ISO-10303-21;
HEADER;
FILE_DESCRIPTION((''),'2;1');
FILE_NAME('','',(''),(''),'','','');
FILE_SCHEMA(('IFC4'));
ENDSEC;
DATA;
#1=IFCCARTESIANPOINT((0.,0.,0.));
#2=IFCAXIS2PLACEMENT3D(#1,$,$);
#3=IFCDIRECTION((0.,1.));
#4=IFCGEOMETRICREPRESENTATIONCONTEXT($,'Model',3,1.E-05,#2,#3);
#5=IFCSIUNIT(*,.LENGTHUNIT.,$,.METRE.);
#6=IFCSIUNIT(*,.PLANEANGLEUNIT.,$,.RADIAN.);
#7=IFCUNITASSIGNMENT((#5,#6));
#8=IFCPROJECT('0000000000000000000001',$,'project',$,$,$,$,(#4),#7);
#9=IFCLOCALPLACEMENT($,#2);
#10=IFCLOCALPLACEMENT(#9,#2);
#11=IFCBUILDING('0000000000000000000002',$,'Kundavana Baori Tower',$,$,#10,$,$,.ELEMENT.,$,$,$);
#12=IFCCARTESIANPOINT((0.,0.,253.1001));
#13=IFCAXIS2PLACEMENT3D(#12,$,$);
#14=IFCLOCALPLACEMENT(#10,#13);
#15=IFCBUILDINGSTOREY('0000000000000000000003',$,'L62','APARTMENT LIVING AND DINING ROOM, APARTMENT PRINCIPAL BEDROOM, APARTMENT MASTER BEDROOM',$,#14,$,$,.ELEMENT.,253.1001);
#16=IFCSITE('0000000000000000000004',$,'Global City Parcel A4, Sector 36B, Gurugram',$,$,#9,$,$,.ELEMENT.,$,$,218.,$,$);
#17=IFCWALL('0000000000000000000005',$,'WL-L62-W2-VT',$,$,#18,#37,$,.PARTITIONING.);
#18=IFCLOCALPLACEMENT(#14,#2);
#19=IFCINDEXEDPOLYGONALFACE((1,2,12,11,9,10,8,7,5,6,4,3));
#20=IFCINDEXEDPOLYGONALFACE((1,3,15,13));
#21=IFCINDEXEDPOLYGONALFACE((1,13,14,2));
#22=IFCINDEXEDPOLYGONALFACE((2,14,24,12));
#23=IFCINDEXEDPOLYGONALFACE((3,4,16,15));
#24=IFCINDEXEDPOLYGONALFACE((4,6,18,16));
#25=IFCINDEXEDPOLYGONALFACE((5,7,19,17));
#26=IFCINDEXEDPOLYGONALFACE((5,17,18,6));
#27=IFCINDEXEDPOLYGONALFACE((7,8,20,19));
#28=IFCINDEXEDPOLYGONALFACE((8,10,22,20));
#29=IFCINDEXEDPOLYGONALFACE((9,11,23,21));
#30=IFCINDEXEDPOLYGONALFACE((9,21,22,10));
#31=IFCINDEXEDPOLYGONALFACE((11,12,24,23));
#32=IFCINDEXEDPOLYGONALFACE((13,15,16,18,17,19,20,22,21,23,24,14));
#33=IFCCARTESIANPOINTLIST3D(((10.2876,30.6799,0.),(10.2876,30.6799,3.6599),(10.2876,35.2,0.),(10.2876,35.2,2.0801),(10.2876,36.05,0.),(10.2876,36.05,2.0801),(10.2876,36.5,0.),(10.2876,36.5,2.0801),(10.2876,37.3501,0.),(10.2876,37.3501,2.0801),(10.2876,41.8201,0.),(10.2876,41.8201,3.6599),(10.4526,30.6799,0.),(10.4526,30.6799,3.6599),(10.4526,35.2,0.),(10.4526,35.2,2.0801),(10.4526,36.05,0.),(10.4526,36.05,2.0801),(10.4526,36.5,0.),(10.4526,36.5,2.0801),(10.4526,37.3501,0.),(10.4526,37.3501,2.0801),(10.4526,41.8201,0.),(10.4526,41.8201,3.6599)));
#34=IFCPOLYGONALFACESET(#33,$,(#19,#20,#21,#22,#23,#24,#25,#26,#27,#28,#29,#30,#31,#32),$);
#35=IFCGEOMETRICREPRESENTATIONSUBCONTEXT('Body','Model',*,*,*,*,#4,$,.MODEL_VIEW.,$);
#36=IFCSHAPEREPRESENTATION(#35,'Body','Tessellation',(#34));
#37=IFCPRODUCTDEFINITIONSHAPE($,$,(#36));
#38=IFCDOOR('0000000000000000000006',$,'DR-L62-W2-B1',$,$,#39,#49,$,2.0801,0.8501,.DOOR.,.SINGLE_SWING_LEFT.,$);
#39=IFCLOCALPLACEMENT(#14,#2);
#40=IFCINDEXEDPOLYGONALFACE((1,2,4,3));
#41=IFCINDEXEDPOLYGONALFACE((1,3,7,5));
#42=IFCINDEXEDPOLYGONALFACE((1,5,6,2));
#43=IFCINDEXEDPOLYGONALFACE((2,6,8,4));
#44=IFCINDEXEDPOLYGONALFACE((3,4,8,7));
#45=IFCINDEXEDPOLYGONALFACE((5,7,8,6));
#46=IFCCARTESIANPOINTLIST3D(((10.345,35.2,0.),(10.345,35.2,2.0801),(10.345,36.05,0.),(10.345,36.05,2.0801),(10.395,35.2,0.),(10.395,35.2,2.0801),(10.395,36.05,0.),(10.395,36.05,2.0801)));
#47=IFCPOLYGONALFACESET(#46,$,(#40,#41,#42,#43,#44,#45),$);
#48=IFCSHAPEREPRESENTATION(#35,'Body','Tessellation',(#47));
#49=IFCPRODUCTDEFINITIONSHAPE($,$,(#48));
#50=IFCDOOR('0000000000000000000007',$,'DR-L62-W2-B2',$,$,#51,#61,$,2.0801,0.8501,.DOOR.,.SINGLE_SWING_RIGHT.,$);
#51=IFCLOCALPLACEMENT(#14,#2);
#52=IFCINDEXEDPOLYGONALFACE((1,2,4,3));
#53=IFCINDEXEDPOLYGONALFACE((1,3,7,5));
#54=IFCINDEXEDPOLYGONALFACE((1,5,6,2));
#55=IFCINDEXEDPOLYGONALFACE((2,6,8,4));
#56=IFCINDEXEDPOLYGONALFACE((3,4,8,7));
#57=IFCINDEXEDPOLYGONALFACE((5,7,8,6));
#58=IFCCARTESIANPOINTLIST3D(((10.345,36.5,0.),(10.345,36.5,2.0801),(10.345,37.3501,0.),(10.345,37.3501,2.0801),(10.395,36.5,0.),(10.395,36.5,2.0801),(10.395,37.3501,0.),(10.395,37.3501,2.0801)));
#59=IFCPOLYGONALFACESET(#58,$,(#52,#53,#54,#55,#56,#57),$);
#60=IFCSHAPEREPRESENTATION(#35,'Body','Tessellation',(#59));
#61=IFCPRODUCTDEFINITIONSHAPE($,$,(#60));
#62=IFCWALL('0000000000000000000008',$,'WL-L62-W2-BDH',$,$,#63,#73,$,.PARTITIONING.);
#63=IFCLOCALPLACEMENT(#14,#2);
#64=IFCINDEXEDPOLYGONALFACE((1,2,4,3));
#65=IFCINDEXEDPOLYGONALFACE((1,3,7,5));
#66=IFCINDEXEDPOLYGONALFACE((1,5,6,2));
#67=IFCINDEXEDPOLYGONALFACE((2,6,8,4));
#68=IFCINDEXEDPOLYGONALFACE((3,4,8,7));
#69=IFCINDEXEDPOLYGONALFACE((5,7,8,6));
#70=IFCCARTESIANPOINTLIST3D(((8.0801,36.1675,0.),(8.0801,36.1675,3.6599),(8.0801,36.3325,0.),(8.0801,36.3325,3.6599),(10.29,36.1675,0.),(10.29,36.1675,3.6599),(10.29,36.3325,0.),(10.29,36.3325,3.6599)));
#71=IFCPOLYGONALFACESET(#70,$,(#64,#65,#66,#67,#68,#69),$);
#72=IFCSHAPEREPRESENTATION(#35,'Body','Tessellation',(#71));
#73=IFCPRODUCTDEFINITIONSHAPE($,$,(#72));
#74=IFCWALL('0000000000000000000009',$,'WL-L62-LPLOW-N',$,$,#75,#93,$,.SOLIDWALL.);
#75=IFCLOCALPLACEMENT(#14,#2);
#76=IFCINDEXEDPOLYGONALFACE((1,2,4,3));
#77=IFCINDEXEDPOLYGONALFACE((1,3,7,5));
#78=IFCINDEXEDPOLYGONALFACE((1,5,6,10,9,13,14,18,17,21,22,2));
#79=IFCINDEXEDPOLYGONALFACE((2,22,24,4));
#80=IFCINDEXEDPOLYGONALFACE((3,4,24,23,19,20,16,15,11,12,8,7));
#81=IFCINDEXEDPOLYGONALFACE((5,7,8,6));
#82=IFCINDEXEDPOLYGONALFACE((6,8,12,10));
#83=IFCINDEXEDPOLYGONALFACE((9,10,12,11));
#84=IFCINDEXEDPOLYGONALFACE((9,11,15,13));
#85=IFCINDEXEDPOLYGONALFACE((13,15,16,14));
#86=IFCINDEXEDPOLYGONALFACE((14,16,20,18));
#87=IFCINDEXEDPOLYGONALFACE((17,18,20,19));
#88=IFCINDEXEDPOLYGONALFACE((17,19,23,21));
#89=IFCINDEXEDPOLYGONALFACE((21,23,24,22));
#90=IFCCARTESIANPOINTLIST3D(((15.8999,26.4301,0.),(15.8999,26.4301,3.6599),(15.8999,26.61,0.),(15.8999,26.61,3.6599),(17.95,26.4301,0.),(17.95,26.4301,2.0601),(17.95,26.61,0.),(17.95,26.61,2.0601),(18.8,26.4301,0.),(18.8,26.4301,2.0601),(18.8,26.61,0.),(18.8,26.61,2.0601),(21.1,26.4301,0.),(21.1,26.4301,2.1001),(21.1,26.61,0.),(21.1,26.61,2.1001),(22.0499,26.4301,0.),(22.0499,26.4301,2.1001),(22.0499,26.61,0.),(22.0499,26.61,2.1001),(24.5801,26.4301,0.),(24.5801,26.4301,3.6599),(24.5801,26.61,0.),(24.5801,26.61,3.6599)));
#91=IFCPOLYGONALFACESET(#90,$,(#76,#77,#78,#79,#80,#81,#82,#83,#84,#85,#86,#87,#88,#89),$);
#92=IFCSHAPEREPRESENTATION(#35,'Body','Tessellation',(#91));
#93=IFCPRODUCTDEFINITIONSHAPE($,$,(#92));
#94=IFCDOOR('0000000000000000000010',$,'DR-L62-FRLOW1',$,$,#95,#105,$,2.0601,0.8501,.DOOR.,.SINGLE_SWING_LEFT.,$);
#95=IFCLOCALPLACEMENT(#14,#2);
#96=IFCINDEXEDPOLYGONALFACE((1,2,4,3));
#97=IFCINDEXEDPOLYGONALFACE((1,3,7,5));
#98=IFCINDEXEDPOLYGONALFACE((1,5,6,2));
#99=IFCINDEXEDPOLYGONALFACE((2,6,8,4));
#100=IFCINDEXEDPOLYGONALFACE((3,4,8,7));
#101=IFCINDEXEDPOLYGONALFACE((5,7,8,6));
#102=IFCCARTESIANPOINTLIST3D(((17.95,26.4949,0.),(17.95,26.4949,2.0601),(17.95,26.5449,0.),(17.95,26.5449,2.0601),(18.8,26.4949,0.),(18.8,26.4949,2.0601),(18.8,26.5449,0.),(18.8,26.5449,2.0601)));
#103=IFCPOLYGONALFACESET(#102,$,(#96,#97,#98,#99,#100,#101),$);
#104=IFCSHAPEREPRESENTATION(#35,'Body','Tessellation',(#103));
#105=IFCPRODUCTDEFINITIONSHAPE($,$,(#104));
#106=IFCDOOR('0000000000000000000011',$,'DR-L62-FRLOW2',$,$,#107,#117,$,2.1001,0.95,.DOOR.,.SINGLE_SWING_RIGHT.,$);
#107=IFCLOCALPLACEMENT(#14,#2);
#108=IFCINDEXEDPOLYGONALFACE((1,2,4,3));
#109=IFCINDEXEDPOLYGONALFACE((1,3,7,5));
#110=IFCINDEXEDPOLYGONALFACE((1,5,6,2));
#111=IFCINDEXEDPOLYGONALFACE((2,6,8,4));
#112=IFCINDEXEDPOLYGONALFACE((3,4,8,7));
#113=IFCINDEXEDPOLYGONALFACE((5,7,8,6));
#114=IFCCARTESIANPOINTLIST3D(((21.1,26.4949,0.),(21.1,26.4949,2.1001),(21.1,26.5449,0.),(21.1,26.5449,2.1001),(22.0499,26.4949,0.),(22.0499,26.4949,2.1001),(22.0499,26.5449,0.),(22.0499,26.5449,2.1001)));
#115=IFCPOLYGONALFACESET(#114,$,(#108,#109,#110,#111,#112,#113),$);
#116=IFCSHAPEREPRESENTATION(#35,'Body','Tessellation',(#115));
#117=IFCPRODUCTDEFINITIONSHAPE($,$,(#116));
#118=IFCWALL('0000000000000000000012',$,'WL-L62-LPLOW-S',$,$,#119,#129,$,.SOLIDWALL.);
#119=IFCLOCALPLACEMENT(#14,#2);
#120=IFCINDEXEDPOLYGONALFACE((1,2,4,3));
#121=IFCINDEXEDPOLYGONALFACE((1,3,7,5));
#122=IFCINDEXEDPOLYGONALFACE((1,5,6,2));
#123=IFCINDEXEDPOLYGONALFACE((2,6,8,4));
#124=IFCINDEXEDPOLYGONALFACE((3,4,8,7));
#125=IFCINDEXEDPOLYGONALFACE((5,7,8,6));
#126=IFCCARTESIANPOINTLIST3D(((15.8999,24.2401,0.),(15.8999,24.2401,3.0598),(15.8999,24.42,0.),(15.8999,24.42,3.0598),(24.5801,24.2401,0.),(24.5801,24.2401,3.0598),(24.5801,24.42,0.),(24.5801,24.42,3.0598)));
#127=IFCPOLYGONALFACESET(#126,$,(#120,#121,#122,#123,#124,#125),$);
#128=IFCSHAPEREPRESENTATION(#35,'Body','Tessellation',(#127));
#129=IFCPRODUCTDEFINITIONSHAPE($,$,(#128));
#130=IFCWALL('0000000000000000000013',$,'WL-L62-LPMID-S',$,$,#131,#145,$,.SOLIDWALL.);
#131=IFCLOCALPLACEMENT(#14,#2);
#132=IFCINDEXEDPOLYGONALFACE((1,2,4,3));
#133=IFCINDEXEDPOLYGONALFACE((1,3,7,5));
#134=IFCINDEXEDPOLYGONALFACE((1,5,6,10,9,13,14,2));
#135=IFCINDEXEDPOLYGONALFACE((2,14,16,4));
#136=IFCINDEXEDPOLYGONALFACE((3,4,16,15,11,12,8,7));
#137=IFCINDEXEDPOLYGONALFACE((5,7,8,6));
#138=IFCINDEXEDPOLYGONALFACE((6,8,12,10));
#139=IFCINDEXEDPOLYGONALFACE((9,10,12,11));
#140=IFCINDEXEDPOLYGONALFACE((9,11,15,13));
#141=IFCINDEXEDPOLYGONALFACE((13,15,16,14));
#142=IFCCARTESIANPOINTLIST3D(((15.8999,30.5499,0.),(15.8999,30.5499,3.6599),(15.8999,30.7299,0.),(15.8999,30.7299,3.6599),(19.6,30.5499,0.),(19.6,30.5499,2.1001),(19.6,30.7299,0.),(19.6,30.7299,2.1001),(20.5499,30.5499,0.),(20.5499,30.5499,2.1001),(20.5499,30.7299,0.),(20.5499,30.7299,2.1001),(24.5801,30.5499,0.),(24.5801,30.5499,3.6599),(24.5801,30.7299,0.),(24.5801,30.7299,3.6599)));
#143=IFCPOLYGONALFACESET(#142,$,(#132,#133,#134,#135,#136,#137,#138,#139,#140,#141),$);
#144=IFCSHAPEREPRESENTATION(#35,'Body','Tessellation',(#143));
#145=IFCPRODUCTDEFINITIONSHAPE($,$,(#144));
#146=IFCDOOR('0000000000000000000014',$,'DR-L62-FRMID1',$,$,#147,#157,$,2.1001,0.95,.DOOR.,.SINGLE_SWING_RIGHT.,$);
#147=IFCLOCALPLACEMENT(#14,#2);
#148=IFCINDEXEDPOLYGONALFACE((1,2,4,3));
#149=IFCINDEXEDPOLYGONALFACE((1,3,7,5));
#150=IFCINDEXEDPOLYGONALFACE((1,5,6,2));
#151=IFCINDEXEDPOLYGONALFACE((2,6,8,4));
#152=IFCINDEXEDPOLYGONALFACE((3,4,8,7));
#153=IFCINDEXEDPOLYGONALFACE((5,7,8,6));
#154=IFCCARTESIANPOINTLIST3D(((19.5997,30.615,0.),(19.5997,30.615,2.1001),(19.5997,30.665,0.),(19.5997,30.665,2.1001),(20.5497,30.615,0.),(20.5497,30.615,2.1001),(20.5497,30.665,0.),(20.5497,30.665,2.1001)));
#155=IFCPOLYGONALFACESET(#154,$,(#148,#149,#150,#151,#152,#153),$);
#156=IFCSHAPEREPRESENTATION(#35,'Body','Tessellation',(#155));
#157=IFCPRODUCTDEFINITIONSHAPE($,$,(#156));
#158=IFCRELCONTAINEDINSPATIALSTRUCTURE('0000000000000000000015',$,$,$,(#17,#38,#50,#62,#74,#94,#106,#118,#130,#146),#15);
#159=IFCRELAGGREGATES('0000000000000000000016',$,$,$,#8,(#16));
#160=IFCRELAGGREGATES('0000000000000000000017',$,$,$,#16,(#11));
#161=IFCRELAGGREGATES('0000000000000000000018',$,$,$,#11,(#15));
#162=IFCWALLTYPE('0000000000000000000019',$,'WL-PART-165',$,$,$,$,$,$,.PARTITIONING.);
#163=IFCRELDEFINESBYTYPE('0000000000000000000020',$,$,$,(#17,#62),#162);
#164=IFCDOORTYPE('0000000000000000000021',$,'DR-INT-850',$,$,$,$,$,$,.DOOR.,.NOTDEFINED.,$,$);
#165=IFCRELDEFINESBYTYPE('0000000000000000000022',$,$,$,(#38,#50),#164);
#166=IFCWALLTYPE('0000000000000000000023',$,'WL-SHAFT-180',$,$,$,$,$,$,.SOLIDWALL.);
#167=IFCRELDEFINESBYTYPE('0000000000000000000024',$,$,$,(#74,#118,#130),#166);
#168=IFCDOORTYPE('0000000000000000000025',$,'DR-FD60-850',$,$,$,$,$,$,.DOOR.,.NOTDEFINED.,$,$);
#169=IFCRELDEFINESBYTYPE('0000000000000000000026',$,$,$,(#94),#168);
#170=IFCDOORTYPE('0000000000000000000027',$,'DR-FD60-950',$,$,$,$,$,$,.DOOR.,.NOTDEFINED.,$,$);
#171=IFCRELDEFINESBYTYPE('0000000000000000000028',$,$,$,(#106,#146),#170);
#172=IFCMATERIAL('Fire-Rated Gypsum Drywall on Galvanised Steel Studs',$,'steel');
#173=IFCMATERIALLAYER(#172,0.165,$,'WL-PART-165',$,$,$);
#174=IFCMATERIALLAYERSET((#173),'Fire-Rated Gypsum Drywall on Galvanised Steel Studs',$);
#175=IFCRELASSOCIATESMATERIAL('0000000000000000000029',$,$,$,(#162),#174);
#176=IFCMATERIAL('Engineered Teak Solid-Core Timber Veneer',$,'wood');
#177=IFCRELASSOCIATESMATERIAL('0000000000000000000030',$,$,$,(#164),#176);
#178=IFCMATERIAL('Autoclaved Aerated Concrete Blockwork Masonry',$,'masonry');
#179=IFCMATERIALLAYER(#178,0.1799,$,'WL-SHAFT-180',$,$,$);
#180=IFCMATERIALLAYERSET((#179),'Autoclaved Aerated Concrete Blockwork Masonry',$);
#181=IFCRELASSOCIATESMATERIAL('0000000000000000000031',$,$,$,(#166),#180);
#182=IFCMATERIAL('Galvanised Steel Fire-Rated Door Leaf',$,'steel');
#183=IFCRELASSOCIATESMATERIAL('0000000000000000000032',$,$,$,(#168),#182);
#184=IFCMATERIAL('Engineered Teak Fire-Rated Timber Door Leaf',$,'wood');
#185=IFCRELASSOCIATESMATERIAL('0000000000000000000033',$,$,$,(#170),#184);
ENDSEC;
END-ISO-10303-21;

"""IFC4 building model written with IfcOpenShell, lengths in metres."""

from ifc_helpers import new_model, si_unit, direction, frame, frame_2d, origin, place, context, subcontext, project, spatial, rectangle, extrude, material, layer, layer_set, type_object, element, fill, save


model = new_model("IFC4")

# Units and contexts
model_context = context("Model", 3, precision=1e-05, world=origin(), true_north=direction((0.0, 1.0)))
body_context = subcontext(model_context, "Body", "Model", "MODEL_VIEW")
ifc_project = project(units=[si_unit("LENGTHUNIT", "METRE"), si_unit("PLANEANGLEUNIT", "RADIAN")], contexts=[model_context])

# Site, building, storey
site_placement = place(None, origin())
site = spatial("IfcSite", under=ifc_project, at=site_placement, Name="Global City Parcel A4, Sector 36B, Gurugram", CompositionType="ELEMENT", RefElevation=218.0)
building_placement = place(site_placement, origin())
building = spatial("IfcBuilding", under=site, at=building_placement, Name="Kundavana Baori Tower", CompositionType="ELEMENT")
storey_placement = place(building_placement, frame((0.0, 0.0, 253.1001)))
storey = spatial("IfcBuildingStorey", under=building, at=storey_placement, Name="L62", Description="APARTMENT LIVING AND DINING ROOM, APARTMENT PRINCIPAL BEDROOM, APARTMENT MASTER BEDROOM", CompositionType="ELEMENT", Elevation=253.1001)

# Shared definitions
ifc_material_1 = material(Name="Fire-Rated Gypsum Drywall on Galvanised Steel Studs", Category="steel")
ifc_layer_1 = layer(ifc_material_1, 0.165, Name="WL-PART-165")
ifc_layer_set_1 = layer_set([ifc_layer_1], Name="Fire-Rated Gypsum Drywall on Galvanised Steel Studs")
wall_type_1 = type_object("IfcWallType", Name="WL-PART-165", PredefinedType="PARTITIONING", material=ifc_layer_set_1)

# Wall, openings, doors
wall_1_placement = place(storey_placement, frame((10.3701, 30.6799, 0.0), z_axis=(0.0, 0.0, 1.0), x_axis=(0.0, 1.0, 0.0)))
wall_1 = element("IfcWall", 1, at=wall_1_placement, inside=storey, type_object=wall_type_1, Name="WL-L62-W2-VT", PredefinedType="PARTITIONING", context=body_context, shape_type="SweptSolid", body=[
    extrude(rectangle(XDim=11.1401, YDim=0.165, at=frame_2d((5.5701, 0.0))), origin(), (0.0, 0.0, 1.0), 3.6599),
])
opening_1_placement = place(wall_1_placement, frame((4.52, 0.0, 0.0)))
opening_1 = element("IfcOpeningElement", 2, at=opening_1_placement, cuts=wall_1, PredefinedType="OPENING", context=body_context, shape_type="SweptSolid", body=[
    extrude(rectangle(XDim=0.8501, YDim=2.0801, at=frame_2d((0.425, 1.04))), frame((0.0, 0.0925, 0.0), z_axis=(0.0, -1.0, 0.0), x_axis=(1.0, 0.0, 0.0)), (0.0, 0.0, 1.0), 0.1851),
])
opening_2_placement = place(wall_1_placement, frame((5.8201, 0.0, 0.0)))
opening_2 = element("IfcOpeningElement", 3, at=opening_2_placement, cuts=wall_1, PredefinedType="OPENING", context=body_context, shape_type="SweptSolid", body=[
    extrude(rectangle(XDim=0.8501, YDim=2.0801, at=frame_2d((0.425, 1.04))), frame((0.0, 0.0925, 0.0), z_axis=(0.0, -1.0, 0.0), x_axis=(1.0, 0.0, 0.0)), (0.0, 0.0, 1.0), 0.1851),
])
ifc_material_2 = material(Name="Engineered Teak Solid-Core Timber Veneer", Category="wood")
door_type_1 = type_object("IfcDoorType", Name="DR-INT-850", OperationType="NOTDEFINED", PredefinedType="DOOR", material=ifc_material_2)
door_1_placement = place(opening_1_placement, frame((0.8501, 0.0, 0.0), z_axis=(0.0, 0.0, 1.0), x_axis=(-1.0, 0.0, 0.0)))
door_1 = element("IfcDoor", 4, at=door_1_placement, inside=storey, type_object=door_type_1, Name="DR-L62-W2-B1", OperationType="SINGLE_SWING_LEFT", OverallHeight=2.0801, OverallWidth=0.8501, PredefinedType="DOOR", context=body_context, shape_type="SweptSolid", body=[
    extrude(rectangle(XDim=0.8501, YDim=2.0801, at=frame_2d((0.425, 1.04))), frame((0.0, 0.0249, 0.0), z_axis=(0.0, -1.0, 0.0), x_axis=(1.0, 0.0, 0.0)), (0.0, 0.0, 1.0), 0.05),
])
fill(opening_1, door_1)
door_2_placement = place(opening_2_placement, frame((0.8501, 0.0, 0.0), z_axis=(0.0, 0.0, 1.0), x_axis=(-1.0, 0.0, 0.0)))
door_2 = element("IfcDoor", 5, at=door_2_placement, inside=storey, type_object=door_type_1, Name="DR-L62-W2-B2", OperationType="SINGLE_SWING_RIGHT", OverallHeight=2.0801, OverallWidth=0.8501, PredefinedType="DOOR", context=body_context, shape_type="SweptSolid", body=[
    extrude(rectangle(XDim=0.8501, YDim=2.0801, at=frame_2d((0.425, 1.04))), frame((0.0, 0.0249, 0.0), z_axis=(0.0, -1.0, 0.0), x_axis=(1.0, 0.0, 0.0)), (0.0, 0.0, 1.0), 0.05),
])
fill(opening_2, door_2)

# Wall
wall_2_placement = place(storey_placement, frame((8.0801, 36.25, 0.0), z_axis=(0.0, 0.0, 1.0), x_axis=(1.0, 0.0, 0.0)))
element("IfcWall", 6, at=wall_2_placement, inside=storey, type_object=wall_type_1, Name="WL-L62-W2-BDH", PredefinedType="PARTITIONING", context=body_context, shape_type="SweptSolid", body=[
    extrude(rectangle(XDim=2.21, YDim=0.165, at=frame_2d((1.105, 0.0))), origin(), (0.0, 0.0, 1.0), 3.6599),
])

# Wall, openings, doors
ifc_material_3 = material(Name="Autoclaved Aerated Concrete Blockwork Masonry", Category="masonry")
ifc_layer_2 = layer(ifc_material_3, 0.1799, Name="WL-SHAFT-180")
ifc_layer_set_2 = layer_set([ifc_layer_2], Name="Autoclaved Aerated Concrete Blockwork Masonry")
wall_type_2 = type_object("IfcWallType", Name="WL-SHAFT-180", PredefinedType="SOLIDWALL", material=ifc_layer_set_2)
wall_3_placement = place(storey_placement, frame((15.8999, 26.52, 0.0), z_axis=(0.0, 0.0, 1.0), x_axis=(1.0, 0.0, 0.0)))
wall_3 = element("IfcWall", 7, at=wall_3_placement, inside=storey, type_object=wall_type_2, Name="WL-L62-LPLOW-N", PredefinedType="SOLIDWALL", context=body_context, shape_type="SweptSolid", body=[
    extrude(rectangle(XDim=8.6802, YDim=0.1799, at=frame_2d((4.3401, 0.0))), origin(), (0.0, 0.0, 1.0), 3.6599),
])
opening_3_placement = place(wall_3_placement, frame((2.05, 0.0, 0.0)))
opening_3 = element("IfcOpeningElement", 8, at=opening_3_placement, cuts=wall_3, PredefinedType="OPENING", context=body_context, shape_type="SweptSolid", body=[
    extrude(rectangle(XDim=0.8501, YDim=2.0601, at=frame_2d((0.425, 1.03))), frame((0.0, 0.1001, 0.0), z_axis=(0.0, -1.0, 0.0), x_axis=(1.0, 0.0, 0.0)), (0.0, 0.0, 1.0), 0.2),
])
opening_4_placement = place(wall_3_placement, frame((5.2, 0.0, 0.0)))
opening_4 = element("IfcOpeningElement", 9, at=opening_4_placement, cuts=wall_3, PredefinedType="OPENING", context=body_context, shape_type="SweptSolid", body=[
    extrude(rectangle(XDim=0.95, YDim=2.1001, at=frame_2d((0.4751, 1.05))), frame((0.0, 0.1001, 0.0), z_axis=(0.0, -1.0, 0.0), x_axis=(1.0, 0.0, 0.0)), (0.0, 0.0, 1.0), 0.2),
])
ifc_material_4 = material(Name="Galvanised Steel Fire-Rated Door Leaf", Category="steel")
door_type_2 = type_object("IfcDoorType", Name="DR-FD60-850", OperationType="NOTDEFINED", PredefinedType="DOOR", material=ifc_material_4)
door_3_placement = place(opening_3_placement, origin())
door_3 = element("IfcDoor", 10, at=door_3_placement, inside=storey, type_object=door_type_2, Name="DR-L62-FRLOW1", OperationType="SINGLE_SWING_LEFT", OverallHeight=2.0601, OverallWidth=0.8501, PredefinedType="DOOR", context=body_context, shape_type="SweptSolid", body=[
    extrude(rectangle(XDim=0.8501, YDim=2.0601, at=frame_2d((0.425, 1.03))), frame((0.0, 0.0249, 0.0), z_axis=(0.0, -1.0, 0.0), x_axis=(1.0, 0.0, 0.0)), (0.0, 0.0, 1.0), 0.05),
])
fill(opening_3, door_3)
ifc_material_5 = material(Name="Engineered Teak Fire-Rated Timber Door Leaf", Category="wood")
door_type_3 = type_object("IfcDoorType", Name="DR-FD60-950", OperationType="NOTDEFINED", PredefinedType="DOOR", material=ifc_material_5)
door_4_placement = place(opening_4_placement, origin())
door_4 = element("IfcDoor", 11, at=door_4_placement, inside=storey, type_object=door_type_3, Name="DR-L62-FRLOW2", OperationType="SINGLE_SWING_RIGHT", OverallHeight=2.1001, OverallWidth=0.95, PredefinedType="DOOR", context=body_context, shape_type="SweptSolid", body=[
    extrude(rectangle(XDim=0.95, YDim=2.1001, at=frame_2d((0.4751, 1.05))), frame((0.0, 0.0249, 0.0), z_axis=(0.0, -1.0, 0.0), x_axis=(1.0, 0.0, 0.0)), (0.0, 0.0, 1.0), 0.05),
])
fill(opening_4, door_4)

# Wall
wall_4_placement = place(storey_placement, frame((15.8999, 24.3301, 0.0), z_axis=(0.0, 0.0, 1.0), x_axis=(1.0, 0.0, 0.0)))
element("IfcWall", 12, at=wall_4_placement, inside=storey, type_object=wall_type_2, Name="WL-L62-LPLOW-S", PredefinedType="SOLIDWALL", context=body_context, shape_type="SweptSolid", body=[
    extrude(rectangle(XDim=8.6802, YDim=0.1799, at=frame_2d((4.3401, 0.0))), origin(), (0.0, 0.0, 1.0), 3.0598),
])

# Wall, opening, door
wall_5_placement = place(storey_placement, frame((15.8999, 30.6399, 0.0), z_axis=(0.0, 0.0, 1.0), x_axis=(1.0, 0.0, 0.0)))
wall_5 = element("IfcWall", 13, at=wall_5_placement, inside=storey, type_object=wall_type_2, Name="WL-L62-LPMID-S", PredefinedType="SOLIDWALL", context=body_context, shape_type="SweptSolid", body=[
    extrude(rectangle(XDim=8.6802, YDim=0.1799, at=frame_2d((4.3401, 0.0))), origin(), (0.0, 0.0, 1.0), 3.6599),
])
opening_5_placement = place(wall_5_placement, frame((3.7, 0.0, 0.0)))
opening_5 = element("IfcOpeningElement", 14, at=opening_5_placement, cuts=wall_5, PredefinedType="OPENING", context=body_context, shape_type="SweptSolid", body=[
    extrude(rectangle(XDim=0.95, YDim=2.1001, at=frame_2d((0.4751, 1.05))), frame((0.0, 0.1001, 0.0), z_axis=(0.0, -1.0, 0.0), x_axis=(1.0, 0.0, 0.0)), (0.0, 0.0, 1.0), 0.2),
])
door_5_placement = place(opening_5_placement, frame((0.95, 0.0, 0.0), z_axis=(0.0, 0.0, 1.0), x_axis=(-1.0, 0.0, 0.0)))
door_5 = element("IfcDoor", 15, at=door_5_placement, inside=storey, type_object=door_type_3, Name="DR-L62-FRMID1", OperationType="SINGLE_SWING_RIGHT", OverallHeight=2.1001, OverallWidth=0.95, PredefinedType="DOOR", context=body_context, shape_type="SweptSolid", body=[
    extrude(rectangle(XDim=0.95, YDim=2.1001, at=frame_2d((0.4751, 1.05))), frame((0.0, 0.0249, 0.0), z_axis=(0.0, -1.0, 0.0), x_axis=(1.0, 0.0, 0.0)), (0.0, 0.0, 1.0), 0.05),
])
fill(opening_5, door_5)

save(model, "model.ifc")
